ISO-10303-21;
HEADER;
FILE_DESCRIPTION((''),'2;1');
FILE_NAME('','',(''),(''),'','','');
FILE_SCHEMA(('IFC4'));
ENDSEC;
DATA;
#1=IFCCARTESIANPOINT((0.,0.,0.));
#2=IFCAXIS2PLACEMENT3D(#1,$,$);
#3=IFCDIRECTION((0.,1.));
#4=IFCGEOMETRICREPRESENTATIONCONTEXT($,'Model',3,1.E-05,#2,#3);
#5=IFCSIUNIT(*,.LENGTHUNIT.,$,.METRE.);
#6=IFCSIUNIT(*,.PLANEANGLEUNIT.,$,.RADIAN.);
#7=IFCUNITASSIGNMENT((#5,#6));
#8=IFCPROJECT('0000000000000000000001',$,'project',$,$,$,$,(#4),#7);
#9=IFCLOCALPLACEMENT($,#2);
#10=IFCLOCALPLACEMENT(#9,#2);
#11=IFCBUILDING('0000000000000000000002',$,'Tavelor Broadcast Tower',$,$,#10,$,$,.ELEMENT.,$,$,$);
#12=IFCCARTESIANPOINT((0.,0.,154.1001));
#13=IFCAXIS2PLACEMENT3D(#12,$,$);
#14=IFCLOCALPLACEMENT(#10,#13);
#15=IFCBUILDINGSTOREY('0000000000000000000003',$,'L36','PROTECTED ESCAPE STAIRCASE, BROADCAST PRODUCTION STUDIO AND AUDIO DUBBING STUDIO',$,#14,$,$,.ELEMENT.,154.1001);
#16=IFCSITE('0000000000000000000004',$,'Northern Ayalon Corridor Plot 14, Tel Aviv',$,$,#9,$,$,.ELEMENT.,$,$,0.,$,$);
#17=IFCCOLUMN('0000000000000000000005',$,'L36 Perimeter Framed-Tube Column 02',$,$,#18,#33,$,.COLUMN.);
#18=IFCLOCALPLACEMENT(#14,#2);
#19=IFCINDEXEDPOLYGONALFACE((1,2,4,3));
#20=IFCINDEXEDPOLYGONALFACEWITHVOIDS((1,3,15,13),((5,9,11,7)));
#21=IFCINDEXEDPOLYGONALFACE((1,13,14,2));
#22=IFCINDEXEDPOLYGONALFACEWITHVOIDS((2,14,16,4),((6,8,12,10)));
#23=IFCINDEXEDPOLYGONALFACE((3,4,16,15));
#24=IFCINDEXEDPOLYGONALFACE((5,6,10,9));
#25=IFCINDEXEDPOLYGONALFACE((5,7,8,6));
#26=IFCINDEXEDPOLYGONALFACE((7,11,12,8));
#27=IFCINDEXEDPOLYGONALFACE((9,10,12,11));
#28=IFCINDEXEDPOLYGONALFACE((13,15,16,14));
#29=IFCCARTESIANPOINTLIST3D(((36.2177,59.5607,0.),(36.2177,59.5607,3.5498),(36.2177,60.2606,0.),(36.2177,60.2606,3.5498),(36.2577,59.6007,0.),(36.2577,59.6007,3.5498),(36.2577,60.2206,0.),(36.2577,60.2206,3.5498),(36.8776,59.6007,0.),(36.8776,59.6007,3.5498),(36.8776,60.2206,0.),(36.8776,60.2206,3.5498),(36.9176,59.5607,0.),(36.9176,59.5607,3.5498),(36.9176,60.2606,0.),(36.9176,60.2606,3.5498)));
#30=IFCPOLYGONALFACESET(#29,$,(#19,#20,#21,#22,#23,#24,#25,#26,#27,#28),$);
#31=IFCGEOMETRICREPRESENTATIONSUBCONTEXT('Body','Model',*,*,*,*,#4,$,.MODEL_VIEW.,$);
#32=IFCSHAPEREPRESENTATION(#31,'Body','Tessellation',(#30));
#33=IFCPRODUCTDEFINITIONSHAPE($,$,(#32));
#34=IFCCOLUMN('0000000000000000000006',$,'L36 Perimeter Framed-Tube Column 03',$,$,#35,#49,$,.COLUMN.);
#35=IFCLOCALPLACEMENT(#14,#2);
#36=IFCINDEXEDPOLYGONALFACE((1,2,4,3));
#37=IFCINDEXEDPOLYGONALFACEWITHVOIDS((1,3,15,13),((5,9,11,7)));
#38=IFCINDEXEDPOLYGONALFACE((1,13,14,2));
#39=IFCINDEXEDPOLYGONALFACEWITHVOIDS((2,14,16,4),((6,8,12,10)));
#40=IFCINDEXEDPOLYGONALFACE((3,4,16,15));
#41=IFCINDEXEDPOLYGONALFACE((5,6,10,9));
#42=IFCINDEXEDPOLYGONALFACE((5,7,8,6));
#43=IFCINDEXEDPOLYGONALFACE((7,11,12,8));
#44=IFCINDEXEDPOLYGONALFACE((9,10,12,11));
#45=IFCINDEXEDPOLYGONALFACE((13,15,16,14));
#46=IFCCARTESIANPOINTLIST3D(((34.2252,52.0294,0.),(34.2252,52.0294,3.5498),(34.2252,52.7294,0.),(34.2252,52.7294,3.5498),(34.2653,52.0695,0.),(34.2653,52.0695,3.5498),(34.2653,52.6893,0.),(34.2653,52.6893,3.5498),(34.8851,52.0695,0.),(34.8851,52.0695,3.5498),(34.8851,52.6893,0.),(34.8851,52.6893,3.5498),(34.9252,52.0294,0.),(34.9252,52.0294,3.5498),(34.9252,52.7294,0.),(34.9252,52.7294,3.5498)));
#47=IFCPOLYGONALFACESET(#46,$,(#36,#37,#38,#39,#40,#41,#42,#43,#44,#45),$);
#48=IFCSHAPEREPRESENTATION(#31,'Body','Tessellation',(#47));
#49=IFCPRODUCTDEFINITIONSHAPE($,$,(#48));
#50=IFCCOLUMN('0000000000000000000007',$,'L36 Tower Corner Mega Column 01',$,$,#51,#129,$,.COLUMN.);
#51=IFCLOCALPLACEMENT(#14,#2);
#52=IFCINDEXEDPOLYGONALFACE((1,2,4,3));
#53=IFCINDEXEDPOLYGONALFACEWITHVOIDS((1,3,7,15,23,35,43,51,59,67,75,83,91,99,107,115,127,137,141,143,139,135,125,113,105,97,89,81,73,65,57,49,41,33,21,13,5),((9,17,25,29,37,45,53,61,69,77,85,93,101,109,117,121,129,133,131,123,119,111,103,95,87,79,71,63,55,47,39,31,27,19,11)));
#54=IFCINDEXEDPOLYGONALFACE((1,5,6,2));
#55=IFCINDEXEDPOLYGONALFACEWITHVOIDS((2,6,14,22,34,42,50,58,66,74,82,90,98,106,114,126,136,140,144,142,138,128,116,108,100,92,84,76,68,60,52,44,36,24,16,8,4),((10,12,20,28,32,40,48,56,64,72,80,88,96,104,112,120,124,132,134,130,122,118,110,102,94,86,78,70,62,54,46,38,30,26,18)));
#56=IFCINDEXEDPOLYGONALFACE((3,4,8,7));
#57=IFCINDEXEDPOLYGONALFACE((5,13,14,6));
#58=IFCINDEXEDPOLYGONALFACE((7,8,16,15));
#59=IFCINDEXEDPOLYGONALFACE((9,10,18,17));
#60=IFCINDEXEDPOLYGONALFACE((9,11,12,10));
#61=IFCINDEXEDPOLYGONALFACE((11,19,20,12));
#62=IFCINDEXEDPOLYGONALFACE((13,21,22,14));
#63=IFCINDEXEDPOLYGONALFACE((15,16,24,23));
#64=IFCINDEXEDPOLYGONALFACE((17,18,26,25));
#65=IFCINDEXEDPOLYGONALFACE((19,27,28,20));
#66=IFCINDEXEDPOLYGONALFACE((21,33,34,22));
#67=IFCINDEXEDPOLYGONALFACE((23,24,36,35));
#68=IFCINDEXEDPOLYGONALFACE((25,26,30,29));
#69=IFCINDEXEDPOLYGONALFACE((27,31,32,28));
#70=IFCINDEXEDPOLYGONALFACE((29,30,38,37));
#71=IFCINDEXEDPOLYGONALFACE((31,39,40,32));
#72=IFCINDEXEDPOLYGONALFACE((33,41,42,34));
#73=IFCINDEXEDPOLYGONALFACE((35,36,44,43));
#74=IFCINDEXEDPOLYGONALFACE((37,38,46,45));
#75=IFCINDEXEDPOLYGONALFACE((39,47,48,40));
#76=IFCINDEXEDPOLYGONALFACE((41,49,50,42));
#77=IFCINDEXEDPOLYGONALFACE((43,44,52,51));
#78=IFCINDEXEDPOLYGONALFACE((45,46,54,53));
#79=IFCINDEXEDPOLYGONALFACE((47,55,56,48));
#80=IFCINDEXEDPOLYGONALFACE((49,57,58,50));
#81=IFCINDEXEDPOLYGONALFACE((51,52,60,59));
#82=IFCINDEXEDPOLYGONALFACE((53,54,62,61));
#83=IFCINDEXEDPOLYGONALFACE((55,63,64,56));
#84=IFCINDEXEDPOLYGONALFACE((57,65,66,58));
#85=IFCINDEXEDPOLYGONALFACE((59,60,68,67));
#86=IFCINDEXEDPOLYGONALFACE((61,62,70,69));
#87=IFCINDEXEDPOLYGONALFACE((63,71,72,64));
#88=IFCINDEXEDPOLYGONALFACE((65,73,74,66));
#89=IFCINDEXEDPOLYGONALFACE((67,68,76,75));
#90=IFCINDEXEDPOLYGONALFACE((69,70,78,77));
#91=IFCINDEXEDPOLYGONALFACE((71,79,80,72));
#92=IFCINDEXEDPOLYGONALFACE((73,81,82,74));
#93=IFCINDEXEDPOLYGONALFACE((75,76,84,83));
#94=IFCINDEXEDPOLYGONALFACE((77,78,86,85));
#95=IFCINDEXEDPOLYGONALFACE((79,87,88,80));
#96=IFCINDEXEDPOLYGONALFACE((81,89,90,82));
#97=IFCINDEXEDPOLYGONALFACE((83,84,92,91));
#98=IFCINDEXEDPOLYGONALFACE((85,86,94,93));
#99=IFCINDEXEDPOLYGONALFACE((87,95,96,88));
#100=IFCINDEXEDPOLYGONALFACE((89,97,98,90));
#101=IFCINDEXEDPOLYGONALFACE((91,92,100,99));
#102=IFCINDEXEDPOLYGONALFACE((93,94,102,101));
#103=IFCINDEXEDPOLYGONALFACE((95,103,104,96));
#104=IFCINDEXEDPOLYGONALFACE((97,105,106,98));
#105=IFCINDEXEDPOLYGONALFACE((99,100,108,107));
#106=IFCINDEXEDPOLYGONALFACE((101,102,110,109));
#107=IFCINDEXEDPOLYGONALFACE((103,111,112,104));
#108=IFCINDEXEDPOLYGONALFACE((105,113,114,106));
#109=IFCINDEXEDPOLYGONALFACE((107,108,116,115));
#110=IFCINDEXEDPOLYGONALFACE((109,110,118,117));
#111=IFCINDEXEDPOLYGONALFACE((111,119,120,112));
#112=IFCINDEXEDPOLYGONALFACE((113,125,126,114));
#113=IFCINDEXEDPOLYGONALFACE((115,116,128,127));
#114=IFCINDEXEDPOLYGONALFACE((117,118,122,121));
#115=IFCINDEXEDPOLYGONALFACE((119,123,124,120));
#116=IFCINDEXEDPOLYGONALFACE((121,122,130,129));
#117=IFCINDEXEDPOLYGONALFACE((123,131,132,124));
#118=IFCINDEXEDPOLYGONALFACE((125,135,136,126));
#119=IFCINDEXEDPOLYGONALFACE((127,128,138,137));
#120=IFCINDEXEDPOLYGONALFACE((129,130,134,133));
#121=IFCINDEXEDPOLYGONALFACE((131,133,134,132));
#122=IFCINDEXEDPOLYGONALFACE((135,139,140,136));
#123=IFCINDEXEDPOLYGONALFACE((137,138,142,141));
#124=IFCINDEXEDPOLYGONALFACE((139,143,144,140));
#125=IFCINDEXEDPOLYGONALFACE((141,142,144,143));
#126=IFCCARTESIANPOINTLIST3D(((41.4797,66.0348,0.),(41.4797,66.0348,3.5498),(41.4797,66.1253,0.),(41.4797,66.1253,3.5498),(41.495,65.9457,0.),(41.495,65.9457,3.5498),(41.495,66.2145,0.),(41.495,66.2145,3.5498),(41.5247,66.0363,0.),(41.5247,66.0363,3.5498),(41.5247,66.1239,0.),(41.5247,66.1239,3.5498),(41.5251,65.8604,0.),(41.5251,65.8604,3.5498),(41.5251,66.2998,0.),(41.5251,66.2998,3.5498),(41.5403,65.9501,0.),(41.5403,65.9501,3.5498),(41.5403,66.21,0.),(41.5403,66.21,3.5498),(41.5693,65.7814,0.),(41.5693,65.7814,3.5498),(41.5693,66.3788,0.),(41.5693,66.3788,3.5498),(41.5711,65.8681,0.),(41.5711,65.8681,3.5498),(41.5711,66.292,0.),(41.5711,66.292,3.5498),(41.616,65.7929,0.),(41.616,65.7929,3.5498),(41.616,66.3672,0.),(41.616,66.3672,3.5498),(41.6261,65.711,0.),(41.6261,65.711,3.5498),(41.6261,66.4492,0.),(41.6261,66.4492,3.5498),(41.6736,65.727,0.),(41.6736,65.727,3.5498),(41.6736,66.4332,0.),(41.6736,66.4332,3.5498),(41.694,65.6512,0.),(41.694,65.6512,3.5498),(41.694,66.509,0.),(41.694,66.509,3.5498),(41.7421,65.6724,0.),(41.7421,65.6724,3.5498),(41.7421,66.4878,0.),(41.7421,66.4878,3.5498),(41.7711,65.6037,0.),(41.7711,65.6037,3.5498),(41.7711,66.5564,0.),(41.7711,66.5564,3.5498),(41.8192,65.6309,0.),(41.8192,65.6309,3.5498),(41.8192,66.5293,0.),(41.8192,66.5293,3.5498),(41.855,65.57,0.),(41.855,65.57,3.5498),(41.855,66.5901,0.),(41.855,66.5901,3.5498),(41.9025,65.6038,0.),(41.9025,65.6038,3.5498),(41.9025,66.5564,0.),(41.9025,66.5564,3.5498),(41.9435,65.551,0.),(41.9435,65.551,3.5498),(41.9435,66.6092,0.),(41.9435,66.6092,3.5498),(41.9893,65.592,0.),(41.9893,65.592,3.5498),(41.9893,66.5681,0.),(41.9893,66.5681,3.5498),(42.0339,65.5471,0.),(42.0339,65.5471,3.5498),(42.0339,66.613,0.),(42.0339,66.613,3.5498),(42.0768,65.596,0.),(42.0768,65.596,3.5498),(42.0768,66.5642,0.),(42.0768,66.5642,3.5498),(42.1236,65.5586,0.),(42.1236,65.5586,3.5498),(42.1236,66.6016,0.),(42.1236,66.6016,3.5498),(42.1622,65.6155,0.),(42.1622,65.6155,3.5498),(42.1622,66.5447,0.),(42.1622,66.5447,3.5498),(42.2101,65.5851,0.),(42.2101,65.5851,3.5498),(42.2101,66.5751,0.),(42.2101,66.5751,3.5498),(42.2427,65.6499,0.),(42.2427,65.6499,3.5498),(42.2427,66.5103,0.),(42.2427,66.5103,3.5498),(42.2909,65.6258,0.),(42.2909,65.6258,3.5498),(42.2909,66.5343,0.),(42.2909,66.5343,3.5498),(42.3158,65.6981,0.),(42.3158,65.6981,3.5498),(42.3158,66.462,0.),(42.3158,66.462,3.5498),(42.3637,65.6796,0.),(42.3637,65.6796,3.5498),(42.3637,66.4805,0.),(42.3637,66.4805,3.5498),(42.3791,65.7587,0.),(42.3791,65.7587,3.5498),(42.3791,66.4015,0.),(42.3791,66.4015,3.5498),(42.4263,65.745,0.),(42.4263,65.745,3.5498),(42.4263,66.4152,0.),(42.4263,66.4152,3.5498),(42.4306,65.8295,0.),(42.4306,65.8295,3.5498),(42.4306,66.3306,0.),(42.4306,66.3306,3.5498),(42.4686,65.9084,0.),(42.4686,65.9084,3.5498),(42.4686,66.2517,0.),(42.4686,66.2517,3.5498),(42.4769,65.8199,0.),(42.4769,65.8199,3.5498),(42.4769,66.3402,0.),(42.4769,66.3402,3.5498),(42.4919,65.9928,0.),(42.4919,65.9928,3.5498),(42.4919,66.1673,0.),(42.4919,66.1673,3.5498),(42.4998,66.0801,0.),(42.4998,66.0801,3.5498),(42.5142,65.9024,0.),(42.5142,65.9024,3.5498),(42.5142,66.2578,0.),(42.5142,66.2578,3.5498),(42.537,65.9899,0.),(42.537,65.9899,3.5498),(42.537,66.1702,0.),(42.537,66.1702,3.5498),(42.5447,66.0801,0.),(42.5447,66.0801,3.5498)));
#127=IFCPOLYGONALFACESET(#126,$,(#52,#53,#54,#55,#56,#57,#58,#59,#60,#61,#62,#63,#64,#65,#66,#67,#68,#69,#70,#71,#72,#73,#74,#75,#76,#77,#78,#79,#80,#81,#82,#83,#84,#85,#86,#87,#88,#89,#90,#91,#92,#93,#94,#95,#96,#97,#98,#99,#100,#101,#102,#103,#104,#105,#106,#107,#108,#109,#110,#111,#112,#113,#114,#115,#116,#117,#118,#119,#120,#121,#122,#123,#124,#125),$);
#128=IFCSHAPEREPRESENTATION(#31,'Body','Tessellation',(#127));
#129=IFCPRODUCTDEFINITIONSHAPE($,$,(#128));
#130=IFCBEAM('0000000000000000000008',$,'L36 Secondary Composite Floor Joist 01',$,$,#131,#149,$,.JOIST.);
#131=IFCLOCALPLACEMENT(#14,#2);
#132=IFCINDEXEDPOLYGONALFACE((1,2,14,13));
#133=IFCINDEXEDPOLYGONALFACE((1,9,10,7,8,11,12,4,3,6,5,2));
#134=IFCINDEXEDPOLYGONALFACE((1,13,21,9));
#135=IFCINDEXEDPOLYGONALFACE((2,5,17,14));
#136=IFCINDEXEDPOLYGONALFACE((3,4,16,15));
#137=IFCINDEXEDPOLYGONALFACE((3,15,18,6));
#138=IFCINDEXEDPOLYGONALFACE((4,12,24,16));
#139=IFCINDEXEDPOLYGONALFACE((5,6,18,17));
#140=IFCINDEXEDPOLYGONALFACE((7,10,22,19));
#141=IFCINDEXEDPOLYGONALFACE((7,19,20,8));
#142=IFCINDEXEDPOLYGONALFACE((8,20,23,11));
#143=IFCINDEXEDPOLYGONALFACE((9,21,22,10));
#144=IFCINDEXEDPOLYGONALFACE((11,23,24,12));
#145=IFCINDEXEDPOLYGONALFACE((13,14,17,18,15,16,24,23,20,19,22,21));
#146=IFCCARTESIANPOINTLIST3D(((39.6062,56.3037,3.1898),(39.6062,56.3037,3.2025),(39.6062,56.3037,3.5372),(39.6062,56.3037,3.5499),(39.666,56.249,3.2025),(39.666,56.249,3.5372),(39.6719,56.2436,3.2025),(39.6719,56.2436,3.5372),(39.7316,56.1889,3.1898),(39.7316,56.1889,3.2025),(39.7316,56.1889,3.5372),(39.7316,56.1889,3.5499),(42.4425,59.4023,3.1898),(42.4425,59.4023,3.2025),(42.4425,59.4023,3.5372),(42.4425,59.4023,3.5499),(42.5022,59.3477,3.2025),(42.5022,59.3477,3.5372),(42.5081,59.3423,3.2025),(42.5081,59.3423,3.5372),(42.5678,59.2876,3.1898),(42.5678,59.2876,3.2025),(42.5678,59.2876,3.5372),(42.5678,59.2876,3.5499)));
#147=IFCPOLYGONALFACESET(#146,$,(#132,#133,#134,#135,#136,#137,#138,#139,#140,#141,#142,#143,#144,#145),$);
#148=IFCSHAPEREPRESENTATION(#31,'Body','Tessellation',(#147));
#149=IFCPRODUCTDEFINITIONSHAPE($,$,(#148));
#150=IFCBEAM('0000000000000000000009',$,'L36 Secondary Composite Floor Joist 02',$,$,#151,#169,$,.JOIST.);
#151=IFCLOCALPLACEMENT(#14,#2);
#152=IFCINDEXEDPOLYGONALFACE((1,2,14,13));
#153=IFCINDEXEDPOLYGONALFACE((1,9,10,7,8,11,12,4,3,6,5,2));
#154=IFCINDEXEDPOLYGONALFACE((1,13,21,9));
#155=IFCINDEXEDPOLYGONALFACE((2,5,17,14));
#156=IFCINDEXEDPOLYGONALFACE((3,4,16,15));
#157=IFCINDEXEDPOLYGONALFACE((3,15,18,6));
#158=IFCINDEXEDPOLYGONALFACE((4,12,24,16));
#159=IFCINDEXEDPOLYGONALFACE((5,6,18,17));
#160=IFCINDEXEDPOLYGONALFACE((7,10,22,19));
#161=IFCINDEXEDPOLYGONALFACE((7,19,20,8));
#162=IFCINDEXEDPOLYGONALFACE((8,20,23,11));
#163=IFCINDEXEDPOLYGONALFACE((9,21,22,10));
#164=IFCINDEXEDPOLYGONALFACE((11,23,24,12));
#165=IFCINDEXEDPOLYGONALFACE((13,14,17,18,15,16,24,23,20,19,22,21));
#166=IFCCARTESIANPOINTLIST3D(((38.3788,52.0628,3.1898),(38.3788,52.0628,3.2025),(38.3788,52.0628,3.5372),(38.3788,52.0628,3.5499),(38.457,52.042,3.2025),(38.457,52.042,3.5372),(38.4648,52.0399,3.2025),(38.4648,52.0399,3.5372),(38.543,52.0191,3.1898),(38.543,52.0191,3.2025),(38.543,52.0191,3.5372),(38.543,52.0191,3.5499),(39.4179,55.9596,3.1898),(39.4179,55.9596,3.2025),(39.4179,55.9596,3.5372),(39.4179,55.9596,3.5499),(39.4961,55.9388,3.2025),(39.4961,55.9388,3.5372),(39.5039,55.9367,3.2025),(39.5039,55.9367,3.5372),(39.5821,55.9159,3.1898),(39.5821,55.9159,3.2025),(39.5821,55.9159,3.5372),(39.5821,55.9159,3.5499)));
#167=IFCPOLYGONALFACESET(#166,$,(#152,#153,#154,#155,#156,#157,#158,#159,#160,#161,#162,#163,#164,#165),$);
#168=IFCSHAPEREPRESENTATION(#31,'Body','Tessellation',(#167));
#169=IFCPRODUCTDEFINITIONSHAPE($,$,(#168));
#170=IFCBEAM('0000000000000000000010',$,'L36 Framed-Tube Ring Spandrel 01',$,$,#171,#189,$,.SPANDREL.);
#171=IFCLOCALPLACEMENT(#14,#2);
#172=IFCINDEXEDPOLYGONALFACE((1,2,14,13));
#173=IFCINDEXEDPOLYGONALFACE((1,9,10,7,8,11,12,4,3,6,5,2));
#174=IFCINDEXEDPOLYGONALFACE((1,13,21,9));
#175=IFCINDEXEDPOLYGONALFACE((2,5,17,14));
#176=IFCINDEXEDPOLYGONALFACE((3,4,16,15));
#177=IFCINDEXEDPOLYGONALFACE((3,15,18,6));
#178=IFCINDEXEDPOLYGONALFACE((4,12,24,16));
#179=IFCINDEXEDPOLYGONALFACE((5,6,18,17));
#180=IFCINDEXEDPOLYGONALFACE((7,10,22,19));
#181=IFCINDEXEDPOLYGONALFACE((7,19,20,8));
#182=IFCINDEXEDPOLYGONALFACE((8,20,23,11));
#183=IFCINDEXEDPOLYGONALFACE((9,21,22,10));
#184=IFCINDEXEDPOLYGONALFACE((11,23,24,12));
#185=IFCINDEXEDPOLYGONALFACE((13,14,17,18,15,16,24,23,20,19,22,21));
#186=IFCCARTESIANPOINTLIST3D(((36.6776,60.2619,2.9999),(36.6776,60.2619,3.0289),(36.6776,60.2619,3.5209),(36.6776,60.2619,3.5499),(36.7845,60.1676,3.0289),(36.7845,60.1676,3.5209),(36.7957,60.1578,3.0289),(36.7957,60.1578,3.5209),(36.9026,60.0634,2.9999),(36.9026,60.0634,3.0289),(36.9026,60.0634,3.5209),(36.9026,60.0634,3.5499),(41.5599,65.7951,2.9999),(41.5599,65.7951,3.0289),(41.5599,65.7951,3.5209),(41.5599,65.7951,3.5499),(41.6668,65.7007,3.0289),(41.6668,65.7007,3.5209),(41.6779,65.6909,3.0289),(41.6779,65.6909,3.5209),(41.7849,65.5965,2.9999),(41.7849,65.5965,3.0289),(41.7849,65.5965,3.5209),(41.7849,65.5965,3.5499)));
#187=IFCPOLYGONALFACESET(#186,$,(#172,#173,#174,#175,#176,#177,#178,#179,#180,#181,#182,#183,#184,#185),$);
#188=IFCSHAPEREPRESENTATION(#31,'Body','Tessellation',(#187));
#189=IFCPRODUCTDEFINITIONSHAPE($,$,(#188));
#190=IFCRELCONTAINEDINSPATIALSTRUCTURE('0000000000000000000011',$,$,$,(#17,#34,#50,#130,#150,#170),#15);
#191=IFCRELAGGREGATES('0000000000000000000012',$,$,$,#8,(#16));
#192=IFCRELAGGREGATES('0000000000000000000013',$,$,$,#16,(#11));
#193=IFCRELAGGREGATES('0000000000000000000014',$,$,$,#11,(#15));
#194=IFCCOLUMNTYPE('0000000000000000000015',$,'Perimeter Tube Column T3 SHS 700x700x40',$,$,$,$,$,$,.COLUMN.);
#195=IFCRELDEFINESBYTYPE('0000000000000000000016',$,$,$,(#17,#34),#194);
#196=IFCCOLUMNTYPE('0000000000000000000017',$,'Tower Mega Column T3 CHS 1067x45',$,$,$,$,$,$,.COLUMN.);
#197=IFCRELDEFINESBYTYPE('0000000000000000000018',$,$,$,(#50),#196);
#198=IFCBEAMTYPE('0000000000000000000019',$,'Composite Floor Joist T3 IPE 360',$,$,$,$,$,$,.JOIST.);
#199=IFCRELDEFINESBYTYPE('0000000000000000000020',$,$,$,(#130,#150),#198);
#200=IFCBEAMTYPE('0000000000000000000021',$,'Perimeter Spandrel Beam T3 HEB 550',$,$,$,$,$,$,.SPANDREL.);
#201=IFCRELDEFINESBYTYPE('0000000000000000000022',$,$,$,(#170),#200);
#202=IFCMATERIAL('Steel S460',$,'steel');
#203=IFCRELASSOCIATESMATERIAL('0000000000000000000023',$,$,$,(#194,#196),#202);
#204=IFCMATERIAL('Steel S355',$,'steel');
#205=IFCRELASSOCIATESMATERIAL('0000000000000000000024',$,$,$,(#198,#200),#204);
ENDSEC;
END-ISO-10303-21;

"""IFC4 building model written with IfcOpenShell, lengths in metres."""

from ifc_helpers import new_model, si_unit, direction, frame, origin, origin_2d, place, context, subcontext, project, spatial, hollow_rectangle, hollow_circle, i_section, extrude, material, material_profile, profile_set, type_object, element, save


model = new_model("IFC4")

# Units and contexts
model_context = context("Model", 3, precision=1e-05, world=origin(), true_north=direction((0.0, 1.0)))
body_context = subcontext(model_context, "Body", "Model", "MODEL_VIEW")
ifc_project = project(units=[si_unit("LENGTHUNIT", "METRE"), si_unit("PLANEANGLEUNIT", "RADIAN")], contexts=[model_context])

# Site, building, storey
site_placement = place(None, origin())
site = spatial("IfcSite", under=ifc_project, at=site_placement, Name="Northern Ayalon Corridor Plot 14, Tel Aviv", CompositionType="ELEMENT", RefElevation=0.0)
building_placement = place(site_placement, origin())
building = spatial("IfcBuilding", under=site, at=building_placement, Name="Tavelor Broadcast Tower", CompositionType="ELEMENT")
storey_placement = place(building_placement, frame((0.0, 0.0, 154.1001)))
storey = spatial("IfcBuildingStorey", under=building, at=storey_placement, Name="L36", Description="PROTECTED ESCAPE STAIRCASE, BROADCAST PRODUCTION STUDIO AND AUDIO DUBBING STUDIO", CompositionType="ELEMENT", Elevation=154.1001)

# Columns
ifc_material_1 = material(Name="Steel S460", Category="steel")
ifc_material_profile_1 = material_profile(ifc_material_1, hollow_rectangle(XDim=0.7, YDim=0.7, WallThickness=0.04, at=origin_2d()), Name="SHS 700x700x40")
ifc_profile_set_1 = profile_set([ifc_material_profile_1], Name="Steel S460")
column_type_1 = type_object("IfcColumnType", Name="Perimeter Tube Column T3 SHS 700x700x40", PredefinedType="COLUMN", material=ifc_profile_set_1)
for number, where, z_axis, x_axis, name in (
    (1, (36.5676, 59.9106, 0.0), (0.0, 0.0, 1.0), (1.0, 0.0, 0.0), "L36 Perimeter Framed-Tube Column 02"),
    (2, (34.5752, 52.3794, 0.0), (0.0, 0.0, 1.0), (1.0, 0.0, 0.0), "L36 Perimeter Framed-Tube Column 03"),
):
    element("IfcColumn", number, at=place(storey_placement, frame(where, z_axis=z_axis, x_axis=x_axis)), inside=storey, type_object=column_type_1, Name=name, PredefinedType="COLUMN", context=body_context, shape_type="SweptSolid", body=[
        extrude(hollow_rectangle(XDim=0.7, YDim=0.7, WallThickness=0.04, at=origin_2d()), origin(), (0.0, 0.0, 1.0), 3.5498),
    ])
ifc_material_profile_2 = material_profile(ifc_material_1, hollow_circle(Radius=0.5334, WallThickness=0.0449, at=origin_2d()), Name="CHS 1067x45")
ifc_profile_set_2 = profile_set([ifc_material_profile_2], Name="Steel S460")
column_type_2 = type_object("IfcColumnType", Name="Tower Mega Column T3 CHS 1067x45", PredefinedType="COLUMN", material=ifc_profile_set_2)
column_placement = place(storey_placement, frame((42.0112, 66.0801, 0.0), z_axis=(0.0, 0.0, 1.0), x_axis=(1.0, 0.0, 0.0)))
element("IfcColumn", 3, at=column_placement, inside=storey, type_object=column_type_2, Name="L36 Tower Corner Mega Column 01", PredefinedType="COLUMN", context=body_context, shape_type="SweptSolid", body=[
    extrude(hollow_circle(Radius=0.5334, WallThickness=0.0449, at=origin_2d()), origin(), (0.0, 0.0, 1.0), 3.5498),
])

# Beams
ifc_material_2 = material(Name="Steel S355", Category="steel")
ifc_material_profile_3 = material_profile(ifc_material_2, i_section(OverallWidth=0.1699, OverallDepth=0.3601, WebThickness=0.0081, FlangeThickness=0.0127, at=origin_2d()), Name="IPE 360")
ifc_profile_set_3 = profile_set([ifc_material_profile_3], Name="Steel S355")
beam_type_1 = type_object("IfcBeamType", Name="Composite Floor Joist T3 IPE 360", PredefinedType="JOIST", material=ifc_profile_set_3)
beam_1_placement = place(storey_placement, frame((42.5051, 59.345, 3.3699), z_axis=(-0.675177, -0.737656, 0.0), x_axis=(0.737656, -0.675177, 0.0)))
element("IfcBeam", 4, at=beam_1_placement, inside=storey, type_object=beam_type_1, Name="L36 Secondary Composite Floor Joist 01", PredefinedType="JOIST", context=body_context, shape_type="SweptSolid", body=[
    extrude(i_section(OverallWidth=0.1699, OverallDepth=0.3601, WebThickness=0.0081, FlangeThickness=0.0127, at=origin_2d()), origin(), (0.0, 0.0, 1.0), 4.2007),
])
beam_2_placement = place(storey_placement, frame((39.5, 55.9377, 3.3699), z_axis=(-0.257648, -0.966239, 0.0), x_axis=(0.966239, -0.257648, 0.0)))
element("IfcBeam", 5, at=beam_2_placement, inside=storey, type_object=beam_type_1, Name="L36 Secondary Composite Floor Joist 02", PredefinedType="JOIST", context=body_context, shape_type="SweptSolid", body=[
    extrude(i_section(OverallWidth=0.1699, OverallDepth=0.3601, WebThickness=0.0081, FlangeThickness=0.0127, at=origin_2d()), origin(), (0.0, 0.0, 1.0), 4.033),
])
ifc_material_profile_4 = material_profile(ifc_material_2, i_section(OverallWidth=0.3, OverallDepth=0.55, WebThickness=0.0149, FlangeThickness=0.0291, at=origin_2d()), Name="HEB 550")
ifc_profile_set_4 = profile_set([ifc_material_profile_4], Name="Steel S355")
beam_type_2 = type_object("IfcBeamType", Name="Perimeter Spandrel Beam T3 HEB 550", PredefinedType="SPANDREL", material=ifc_profile_set_4)
beam_3_placement = place(storey_placement, frame((41.6724, 65.6958, 3.2749), z_axis=(-0.661628, -0.749832, 0.0), x_axis=(0.749832, -0.661628, 0.0)))
element("IfcBeam", 6, at=beam_3_placement, inside=storey, type_object=beam_type_2, Name="L36 Framed-Tube Ring Spandrel 01", PredefinedType="SPANDREL", context=body_context, shape_type="SweptSolid", body=[
    extrude(i_section(OverallWidth=0.3, OverallDepth=0.55, WebThickness=0.0149, FlangeThickness=0.0291, at=origin_2d()), origin(), (0.0, 0.0, 1.0), 7.3792),
])

save(model, "model.ifc")
